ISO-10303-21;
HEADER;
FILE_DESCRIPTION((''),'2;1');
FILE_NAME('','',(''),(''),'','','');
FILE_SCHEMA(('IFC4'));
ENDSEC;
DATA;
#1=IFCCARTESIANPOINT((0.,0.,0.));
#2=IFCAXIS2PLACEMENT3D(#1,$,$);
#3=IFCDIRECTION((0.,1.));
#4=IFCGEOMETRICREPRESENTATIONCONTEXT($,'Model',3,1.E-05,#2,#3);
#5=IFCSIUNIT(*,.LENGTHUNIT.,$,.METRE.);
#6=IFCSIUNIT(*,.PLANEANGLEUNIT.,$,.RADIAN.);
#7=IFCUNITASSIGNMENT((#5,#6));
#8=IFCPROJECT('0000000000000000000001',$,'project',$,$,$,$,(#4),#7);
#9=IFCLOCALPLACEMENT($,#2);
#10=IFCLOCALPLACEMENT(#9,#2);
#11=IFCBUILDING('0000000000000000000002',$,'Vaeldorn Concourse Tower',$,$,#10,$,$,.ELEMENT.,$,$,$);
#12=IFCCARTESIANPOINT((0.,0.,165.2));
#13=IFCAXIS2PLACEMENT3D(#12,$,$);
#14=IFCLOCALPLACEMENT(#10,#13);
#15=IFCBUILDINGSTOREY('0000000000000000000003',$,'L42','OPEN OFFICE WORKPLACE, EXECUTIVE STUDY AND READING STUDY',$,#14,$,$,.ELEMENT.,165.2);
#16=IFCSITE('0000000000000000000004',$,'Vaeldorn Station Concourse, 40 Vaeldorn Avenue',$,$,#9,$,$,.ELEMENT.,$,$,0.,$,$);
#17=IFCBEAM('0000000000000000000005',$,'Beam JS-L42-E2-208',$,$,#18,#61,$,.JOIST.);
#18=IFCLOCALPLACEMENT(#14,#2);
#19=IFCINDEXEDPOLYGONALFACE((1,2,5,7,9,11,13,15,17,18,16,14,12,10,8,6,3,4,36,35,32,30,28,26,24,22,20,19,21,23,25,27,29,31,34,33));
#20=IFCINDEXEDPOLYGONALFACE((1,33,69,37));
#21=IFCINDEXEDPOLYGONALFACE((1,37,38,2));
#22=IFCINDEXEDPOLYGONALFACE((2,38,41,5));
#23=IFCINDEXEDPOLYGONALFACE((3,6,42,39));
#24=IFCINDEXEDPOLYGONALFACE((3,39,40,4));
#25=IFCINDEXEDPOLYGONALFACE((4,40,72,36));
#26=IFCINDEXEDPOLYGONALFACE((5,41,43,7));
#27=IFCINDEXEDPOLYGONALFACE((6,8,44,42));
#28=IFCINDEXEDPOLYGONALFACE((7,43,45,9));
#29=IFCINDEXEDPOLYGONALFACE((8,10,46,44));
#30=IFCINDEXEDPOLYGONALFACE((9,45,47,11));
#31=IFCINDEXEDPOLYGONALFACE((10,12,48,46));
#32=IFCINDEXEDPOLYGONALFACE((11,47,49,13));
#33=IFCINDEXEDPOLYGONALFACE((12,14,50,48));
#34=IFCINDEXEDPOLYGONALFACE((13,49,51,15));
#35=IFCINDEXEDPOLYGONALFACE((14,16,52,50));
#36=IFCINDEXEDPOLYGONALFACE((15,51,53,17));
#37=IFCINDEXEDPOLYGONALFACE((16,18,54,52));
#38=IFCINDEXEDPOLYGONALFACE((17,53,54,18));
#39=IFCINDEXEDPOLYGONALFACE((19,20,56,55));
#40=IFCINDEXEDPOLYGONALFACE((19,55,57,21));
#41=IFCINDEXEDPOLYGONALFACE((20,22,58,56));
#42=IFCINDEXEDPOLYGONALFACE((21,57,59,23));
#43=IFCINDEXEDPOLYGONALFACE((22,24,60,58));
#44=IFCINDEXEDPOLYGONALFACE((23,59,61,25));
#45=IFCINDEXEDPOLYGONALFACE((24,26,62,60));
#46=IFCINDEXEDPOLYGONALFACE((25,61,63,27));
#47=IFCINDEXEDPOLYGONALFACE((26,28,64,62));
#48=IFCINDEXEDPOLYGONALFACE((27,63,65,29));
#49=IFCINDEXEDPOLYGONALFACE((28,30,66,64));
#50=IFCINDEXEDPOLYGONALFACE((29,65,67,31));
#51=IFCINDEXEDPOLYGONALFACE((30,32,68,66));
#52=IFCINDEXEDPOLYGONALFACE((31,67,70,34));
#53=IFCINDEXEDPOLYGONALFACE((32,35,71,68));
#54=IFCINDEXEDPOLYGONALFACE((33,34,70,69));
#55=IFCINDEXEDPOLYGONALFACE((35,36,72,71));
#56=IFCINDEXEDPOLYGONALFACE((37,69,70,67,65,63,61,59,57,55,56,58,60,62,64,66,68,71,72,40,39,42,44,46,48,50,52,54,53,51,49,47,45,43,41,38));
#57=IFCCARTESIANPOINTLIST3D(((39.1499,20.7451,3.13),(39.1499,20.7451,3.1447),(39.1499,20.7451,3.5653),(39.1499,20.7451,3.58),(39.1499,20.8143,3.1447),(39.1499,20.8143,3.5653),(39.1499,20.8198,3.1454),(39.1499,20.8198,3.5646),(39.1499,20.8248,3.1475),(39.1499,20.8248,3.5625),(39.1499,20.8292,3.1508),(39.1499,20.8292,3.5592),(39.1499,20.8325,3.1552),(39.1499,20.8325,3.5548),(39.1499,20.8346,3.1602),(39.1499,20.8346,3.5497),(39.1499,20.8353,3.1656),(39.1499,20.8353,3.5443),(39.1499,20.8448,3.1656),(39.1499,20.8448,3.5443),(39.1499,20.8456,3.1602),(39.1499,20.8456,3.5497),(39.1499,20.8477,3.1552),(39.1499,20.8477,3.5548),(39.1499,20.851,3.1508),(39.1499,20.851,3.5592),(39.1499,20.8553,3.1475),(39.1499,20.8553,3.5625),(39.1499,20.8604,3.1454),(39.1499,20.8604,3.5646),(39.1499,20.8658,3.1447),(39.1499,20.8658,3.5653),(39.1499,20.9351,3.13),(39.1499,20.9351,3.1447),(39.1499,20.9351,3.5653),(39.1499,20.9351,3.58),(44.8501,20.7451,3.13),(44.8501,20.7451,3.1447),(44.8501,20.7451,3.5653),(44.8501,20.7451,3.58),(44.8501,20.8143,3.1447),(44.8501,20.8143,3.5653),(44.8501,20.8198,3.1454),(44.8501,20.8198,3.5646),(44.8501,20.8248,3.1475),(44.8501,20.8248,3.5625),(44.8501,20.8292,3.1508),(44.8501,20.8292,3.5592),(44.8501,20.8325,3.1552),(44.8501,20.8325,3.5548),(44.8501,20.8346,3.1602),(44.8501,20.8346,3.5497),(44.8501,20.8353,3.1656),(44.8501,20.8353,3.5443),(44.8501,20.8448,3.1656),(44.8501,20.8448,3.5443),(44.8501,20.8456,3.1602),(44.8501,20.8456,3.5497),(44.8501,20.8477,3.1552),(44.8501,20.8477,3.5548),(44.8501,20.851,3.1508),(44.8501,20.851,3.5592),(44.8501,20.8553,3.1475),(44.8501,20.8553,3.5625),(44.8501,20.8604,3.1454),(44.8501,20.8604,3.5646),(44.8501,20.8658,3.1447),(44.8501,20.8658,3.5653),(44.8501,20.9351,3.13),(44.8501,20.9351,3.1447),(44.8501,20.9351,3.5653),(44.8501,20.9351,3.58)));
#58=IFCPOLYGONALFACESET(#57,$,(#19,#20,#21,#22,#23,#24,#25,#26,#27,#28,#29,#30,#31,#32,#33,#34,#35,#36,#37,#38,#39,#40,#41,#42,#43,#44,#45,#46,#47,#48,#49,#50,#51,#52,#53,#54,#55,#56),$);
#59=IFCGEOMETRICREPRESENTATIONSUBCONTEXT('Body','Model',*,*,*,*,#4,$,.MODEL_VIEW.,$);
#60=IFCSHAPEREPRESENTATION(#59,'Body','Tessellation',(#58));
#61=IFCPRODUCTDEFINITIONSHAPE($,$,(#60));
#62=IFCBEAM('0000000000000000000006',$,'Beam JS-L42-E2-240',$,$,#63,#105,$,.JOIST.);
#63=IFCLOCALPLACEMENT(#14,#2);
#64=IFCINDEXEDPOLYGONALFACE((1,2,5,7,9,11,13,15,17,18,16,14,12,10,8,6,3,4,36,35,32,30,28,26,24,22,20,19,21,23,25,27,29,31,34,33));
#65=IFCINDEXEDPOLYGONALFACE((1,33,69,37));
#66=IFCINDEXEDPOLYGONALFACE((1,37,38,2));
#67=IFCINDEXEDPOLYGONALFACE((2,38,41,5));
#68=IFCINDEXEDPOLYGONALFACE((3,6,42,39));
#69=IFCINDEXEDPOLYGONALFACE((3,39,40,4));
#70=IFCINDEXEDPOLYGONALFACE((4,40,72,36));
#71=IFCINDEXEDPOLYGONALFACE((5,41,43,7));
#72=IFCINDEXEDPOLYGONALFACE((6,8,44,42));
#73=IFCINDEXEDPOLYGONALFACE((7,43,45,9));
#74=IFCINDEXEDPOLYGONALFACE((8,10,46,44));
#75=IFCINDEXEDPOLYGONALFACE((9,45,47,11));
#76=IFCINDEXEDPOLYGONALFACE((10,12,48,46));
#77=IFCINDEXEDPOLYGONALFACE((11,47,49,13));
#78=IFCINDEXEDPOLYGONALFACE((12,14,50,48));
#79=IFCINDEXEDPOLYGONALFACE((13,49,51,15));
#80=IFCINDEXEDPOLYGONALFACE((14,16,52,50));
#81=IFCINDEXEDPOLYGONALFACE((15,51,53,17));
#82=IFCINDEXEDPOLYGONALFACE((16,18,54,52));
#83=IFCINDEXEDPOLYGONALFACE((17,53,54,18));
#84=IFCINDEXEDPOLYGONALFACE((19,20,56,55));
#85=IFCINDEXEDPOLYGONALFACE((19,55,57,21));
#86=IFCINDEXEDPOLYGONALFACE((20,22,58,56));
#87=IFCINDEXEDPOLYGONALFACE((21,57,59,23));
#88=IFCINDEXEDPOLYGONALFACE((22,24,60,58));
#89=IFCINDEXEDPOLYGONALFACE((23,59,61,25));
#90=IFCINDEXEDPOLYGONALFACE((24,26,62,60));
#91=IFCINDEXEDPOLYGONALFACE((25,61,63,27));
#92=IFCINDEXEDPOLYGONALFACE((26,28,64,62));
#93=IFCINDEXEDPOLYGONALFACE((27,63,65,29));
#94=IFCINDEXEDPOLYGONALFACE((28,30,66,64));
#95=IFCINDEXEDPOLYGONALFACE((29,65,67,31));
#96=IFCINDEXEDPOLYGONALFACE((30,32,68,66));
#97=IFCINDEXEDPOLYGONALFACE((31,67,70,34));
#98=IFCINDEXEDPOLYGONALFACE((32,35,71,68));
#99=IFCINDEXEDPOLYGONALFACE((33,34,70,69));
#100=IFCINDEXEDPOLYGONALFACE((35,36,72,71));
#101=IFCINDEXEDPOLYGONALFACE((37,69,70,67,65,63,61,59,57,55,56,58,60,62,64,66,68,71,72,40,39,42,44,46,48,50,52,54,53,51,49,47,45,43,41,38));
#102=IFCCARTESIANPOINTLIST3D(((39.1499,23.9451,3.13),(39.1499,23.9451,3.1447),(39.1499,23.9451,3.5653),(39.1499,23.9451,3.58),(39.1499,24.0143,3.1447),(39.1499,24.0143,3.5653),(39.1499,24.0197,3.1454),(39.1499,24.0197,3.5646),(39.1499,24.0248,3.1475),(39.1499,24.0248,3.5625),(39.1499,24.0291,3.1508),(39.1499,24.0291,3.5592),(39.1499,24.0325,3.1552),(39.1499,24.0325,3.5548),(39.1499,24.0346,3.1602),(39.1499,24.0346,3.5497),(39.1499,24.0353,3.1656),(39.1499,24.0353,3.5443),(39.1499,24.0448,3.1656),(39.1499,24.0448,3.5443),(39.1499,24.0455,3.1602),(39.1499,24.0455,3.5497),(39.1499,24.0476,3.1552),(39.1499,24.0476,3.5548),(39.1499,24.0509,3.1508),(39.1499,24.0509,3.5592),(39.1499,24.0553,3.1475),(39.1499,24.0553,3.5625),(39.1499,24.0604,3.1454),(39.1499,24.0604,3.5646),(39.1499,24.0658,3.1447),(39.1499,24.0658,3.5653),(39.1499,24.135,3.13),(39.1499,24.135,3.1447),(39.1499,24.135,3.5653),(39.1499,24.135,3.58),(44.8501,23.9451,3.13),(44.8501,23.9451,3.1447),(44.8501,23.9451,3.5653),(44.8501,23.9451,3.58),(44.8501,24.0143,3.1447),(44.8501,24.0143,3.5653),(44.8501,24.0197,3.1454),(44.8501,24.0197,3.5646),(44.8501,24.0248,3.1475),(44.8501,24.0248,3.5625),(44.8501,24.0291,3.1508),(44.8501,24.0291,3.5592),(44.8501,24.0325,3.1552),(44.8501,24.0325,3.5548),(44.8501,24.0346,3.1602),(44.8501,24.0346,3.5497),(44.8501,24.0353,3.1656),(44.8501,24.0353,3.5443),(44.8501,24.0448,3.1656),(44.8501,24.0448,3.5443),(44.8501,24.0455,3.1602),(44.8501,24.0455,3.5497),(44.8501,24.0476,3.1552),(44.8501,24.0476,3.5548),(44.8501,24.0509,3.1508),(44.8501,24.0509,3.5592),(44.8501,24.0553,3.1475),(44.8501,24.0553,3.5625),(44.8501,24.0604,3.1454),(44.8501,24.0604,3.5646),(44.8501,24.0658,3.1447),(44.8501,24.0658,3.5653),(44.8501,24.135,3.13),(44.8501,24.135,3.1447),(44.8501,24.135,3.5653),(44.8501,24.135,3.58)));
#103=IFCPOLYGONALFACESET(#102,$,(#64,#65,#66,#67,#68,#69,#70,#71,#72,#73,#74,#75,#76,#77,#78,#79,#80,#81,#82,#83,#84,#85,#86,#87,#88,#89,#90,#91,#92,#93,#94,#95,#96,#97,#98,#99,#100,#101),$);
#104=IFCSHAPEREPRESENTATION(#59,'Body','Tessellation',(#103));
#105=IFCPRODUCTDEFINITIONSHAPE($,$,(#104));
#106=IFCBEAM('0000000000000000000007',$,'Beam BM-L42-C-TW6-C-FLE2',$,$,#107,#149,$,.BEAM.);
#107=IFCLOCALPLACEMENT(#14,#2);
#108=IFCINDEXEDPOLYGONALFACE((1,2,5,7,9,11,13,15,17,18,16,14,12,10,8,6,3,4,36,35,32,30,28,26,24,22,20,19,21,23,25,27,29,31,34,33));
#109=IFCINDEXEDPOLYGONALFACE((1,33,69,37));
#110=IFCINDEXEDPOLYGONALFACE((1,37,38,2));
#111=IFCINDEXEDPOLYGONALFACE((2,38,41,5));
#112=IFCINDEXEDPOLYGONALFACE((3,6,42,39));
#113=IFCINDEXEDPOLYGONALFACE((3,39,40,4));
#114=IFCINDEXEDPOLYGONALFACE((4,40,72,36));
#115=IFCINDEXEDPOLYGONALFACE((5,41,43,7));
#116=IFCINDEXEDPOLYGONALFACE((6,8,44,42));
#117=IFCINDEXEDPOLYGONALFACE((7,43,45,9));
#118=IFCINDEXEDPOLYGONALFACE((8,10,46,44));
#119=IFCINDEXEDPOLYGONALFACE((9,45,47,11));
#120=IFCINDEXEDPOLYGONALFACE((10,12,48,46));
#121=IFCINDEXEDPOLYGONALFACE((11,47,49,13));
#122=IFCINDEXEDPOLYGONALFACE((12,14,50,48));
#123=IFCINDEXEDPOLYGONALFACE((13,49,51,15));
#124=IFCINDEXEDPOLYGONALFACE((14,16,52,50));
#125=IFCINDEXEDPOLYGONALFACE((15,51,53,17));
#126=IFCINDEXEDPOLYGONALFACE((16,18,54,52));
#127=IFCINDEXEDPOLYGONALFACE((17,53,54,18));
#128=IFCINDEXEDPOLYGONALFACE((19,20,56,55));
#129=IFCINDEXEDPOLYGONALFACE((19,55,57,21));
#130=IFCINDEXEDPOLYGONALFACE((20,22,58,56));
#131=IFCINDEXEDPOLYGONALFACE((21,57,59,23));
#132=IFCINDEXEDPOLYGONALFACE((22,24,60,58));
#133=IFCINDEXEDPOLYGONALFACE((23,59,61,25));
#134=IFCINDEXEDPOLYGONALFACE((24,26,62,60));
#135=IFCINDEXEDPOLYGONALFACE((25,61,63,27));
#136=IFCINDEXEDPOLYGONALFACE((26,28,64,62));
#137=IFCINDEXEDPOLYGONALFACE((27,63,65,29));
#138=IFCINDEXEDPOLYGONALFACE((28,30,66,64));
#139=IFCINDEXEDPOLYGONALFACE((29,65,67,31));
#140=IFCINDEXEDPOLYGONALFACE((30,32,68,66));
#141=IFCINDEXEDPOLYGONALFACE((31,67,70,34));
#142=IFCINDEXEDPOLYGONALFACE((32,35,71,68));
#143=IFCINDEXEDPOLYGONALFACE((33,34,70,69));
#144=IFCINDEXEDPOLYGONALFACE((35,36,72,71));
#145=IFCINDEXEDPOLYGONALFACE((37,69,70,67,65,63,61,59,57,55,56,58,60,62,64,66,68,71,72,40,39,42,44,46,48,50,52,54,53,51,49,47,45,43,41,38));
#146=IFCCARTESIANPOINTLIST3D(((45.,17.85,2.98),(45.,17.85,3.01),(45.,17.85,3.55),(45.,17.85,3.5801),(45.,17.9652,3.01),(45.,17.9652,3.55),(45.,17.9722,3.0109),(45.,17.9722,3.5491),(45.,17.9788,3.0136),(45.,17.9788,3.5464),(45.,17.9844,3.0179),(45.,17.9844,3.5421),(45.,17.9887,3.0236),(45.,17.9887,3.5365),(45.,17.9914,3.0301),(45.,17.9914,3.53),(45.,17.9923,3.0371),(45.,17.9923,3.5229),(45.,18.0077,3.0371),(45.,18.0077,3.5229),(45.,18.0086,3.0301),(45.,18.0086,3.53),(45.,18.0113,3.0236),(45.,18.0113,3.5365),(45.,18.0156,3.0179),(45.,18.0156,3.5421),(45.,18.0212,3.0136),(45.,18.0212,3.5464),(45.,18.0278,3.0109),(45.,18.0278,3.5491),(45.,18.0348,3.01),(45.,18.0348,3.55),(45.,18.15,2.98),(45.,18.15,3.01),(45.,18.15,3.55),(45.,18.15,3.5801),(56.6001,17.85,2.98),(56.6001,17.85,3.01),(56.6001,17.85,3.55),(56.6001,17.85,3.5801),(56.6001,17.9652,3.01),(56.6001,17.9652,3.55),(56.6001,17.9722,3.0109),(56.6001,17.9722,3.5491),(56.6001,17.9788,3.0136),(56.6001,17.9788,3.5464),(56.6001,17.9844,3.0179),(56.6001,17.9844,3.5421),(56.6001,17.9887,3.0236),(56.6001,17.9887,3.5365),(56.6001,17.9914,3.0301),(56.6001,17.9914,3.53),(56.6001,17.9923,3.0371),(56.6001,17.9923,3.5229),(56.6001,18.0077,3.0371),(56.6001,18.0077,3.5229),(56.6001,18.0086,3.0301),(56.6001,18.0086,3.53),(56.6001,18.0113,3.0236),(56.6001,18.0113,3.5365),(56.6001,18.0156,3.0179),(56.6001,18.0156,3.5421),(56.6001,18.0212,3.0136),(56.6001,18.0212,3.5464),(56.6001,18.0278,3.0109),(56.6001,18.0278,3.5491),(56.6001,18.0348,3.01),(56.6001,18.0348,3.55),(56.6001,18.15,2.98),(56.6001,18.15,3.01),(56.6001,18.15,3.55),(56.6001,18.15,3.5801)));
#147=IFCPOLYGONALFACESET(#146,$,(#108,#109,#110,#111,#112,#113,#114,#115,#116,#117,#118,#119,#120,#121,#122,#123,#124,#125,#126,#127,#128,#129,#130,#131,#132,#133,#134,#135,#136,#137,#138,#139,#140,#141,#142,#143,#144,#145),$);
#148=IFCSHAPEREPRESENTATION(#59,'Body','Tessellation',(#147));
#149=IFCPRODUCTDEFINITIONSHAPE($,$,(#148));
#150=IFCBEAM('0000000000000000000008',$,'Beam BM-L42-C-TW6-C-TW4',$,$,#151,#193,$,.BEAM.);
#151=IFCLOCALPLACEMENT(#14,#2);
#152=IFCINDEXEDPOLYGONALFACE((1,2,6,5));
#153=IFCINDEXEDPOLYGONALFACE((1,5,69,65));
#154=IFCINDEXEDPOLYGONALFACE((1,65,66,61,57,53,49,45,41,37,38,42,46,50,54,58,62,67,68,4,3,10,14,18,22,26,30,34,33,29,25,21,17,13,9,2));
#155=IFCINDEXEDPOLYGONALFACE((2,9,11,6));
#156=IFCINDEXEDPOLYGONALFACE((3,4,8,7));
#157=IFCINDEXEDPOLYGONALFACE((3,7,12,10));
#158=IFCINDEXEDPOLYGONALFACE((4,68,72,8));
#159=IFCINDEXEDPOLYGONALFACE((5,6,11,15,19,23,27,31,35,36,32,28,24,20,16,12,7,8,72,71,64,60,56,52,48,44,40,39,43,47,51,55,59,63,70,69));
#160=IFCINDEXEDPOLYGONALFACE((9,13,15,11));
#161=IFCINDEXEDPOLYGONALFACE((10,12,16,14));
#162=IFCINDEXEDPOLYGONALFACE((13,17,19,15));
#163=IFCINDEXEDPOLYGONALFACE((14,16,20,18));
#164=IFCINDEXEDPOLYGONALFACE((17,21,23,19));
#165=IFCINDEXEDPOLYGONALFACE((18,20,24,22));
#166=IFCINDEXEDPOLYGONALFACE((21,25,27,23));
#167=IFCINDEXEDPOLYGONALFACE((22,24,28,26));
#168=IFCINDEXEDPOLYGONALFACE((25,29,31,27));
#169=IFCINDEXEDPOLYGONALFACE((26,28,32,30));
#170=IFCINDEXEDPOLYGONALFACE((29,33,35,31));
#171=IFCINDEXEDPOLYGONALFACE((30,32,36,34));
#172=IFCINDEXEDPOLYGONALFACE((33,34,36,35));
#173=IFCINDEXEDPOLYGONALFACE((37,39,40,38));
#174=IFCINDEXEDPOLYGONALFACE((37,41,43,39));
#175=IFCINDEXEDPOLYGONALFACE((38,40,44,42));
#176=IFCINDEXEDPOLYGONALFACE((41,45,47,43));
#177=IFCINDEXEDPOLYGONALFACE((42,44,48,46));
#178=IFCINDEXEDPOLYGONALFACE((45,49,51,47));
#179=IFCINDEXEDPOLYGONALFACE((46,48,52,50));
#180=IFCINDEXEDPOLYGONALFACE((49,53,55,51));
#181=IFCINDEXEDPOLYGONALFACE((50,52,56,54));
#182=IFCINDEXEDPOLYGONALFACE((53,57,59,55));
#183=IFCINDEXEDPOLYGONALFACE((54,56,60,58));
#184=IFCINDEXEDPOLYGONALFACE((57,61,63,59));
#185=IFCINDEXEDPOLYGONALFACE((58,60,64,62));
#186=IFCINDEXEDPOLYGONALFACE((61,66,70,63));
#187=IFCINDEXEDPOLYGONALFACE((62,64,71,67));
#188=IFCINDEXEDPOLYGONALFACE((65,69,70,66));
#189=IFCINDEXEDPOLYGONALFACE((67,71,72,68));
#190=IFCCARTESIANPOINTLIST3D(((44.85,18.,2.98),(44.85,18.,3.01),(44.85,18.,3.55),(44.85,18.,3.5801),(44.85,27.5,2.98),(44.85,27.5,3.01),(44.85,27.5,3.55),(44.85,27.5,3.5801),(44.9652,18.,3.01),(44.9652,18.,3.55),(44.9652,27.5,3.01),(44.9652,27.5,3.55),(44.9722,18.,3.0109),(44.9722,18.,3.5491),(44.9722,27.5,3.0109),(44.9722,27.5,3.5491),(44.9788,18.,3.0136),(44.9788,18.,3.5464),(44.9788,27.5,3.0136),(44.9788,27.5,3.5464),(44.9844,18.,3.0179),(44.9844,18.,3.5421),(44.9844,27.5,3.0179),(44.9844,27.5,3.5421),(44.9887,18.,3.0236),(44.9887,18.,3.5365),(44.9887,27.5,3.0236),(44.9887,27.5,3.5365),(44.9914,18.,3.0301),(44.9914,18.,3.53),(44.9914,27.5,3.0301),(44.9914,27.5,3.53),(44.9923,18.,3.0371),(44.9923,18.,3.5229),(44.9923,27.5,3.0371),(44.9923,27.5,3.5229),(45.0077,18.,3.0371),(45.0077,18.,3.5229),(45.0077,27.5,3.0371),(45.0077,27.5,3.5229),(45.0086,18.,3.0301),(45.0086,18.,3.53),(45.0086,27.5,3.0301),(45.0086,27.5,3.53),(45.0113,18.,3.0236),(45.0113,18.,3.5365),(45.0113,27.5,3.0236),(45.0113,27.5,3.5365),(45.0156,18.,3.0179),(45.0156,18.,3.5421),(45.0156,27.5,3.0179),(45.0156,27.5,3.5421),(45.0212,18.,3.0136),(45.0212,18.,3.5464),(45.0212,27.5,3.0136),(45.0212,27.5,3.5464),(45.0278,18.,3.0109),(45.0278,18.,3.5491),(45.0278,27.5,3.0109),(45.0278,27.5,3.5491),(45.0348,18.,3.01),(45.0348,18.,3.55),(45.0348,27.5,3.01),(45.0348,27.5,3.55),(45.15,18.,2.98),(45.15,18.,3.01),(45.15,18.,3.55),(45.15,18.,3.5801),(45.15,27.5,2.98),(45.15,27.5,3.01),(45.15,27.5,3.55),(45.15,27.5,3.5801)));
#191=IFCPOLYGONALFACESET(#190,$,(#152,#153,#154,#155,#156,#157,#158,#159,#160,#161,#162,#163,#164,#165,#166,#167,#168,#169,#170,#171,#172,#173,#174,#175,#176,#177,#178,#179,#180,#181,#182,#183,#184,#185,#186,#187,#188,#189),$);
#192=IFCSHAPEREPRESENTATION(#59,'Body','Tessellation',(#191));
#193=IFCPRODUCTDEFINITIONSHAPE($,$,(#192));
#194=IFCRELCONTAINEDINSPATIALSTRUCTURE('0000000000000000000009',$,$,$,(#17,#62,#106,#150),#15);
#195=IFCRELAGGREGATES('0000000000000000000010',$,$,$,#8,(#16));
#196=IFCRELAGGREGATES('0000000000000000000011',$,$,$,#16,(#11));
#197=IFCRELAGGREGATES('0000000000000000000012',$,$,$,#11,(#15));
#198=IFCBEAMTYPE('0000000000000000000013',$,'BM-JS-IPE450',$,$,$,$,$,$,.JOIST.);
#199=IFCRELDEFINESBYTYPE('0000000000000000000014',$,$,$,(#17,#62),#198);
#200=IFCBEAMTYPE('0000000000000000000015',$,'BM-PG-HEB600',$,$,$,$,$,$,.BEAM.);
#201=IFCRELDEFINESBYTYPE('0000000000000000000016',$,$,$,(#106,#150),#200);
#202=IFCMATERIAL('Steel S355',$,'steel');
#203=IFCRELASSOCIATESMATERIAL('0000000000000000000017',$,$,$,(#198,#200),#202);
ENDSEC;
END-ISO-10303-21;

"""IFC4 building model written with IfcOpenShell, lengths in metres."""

from ifc_helpers import new_model, si_unit, direction, frame, origin, origin_2d, place, context, subcontext, project, spatial, i_section, extrude, source, transform, mapped, material, material_profile, profile_set, type_object, element, save


model = new_model("IFC4")

# Units and contexts
model_context = context("Model", 3, precision=1e-05, world=origin(), true_north=direction((0.0, 1.0)))
body_context = subcontext(model_context, "Body", "Model", "MODEL_VIEW")
ifc_project = project(units=[si_unit("LENGTHUNIT", "METRE"), si_unit("PLANEANGLEUNIT", "RADIAN")], contexts=[model_context])

# Site, building, storey
site_placement = place(None, origin())
site = spatial("IfcSite", under=ifc_project, at=site_placement, Name="Vaeldorn Station Concourse, 40 Vaeldorn Avenue", CompositionType="ELEMENT", RefElevation=0.0)
building_placement = place(site_placement, origin())
building = spatial("IfcBuilding", under=site, at=building_placement, Name="Vaeldorn Concourse Tower", CompositionType="ELEMENT")
storey_placement = place(building_placement, frame((0.0, 0.0, 165.2)))
storey = spatial("IfcBuildingStorey", under=building, at=storey_placement, Name="L42", Description="OPEN OFFICE WORKPLACE, EXECUTIVE STUDY AND READING STUDY", CompositionType="ELEMENT", Elevation=165.2)

# Beams
ifc_material_1 = material(Name="Steel S355", Category="steel")
ifc_material_profile_1 = material_profile(ifc_material_1, i_section(OverallWidth=0.1899, OverallDepth=0.45, WebThickness=0.0095, FlangeThickness=0.0146, FilletRadius=0.021, at=origin_2d()), Name="IPE 450")
ifc_profile_set_1 = profile_set([ifc_material_profile_1], Name="Steel S355")
beam_type_1 = type_object("IfcBeamType", Name="BM-JS-IPE450", PredefinedType="JOIST", material=ifc_profile_set_1)
shared_shape_1 = source(origin(), body_context, "Body", "SweptSolid", [
    extrude(i_section(OverallWidth=0.1899, OverallDepth=0.45, WebThickness=0.0095, FlangeThickness=0.0146, FilletRadius=0.021, at=origin_2d()), origin(), (0.0, 0.0, 1.0), 5.7002),
])
for number, where, z_axis, x_axis, name in (
    (1, (39.1499, 20.8401, 3.355), (1.0, 0.0, 0.0), (0.0, 1.0, 0.0), "Beam JS-L42-E2-208"),
    (2, (39.1499, 24.04, 3.355), (1.0, 0.0, 0.0), (0.0, 1.0, 0.0), "Beam JS-L42-E2-240"),
):
    element("IfcBeam", number, at=place(storey_placement, frame(where, z_axis=z_axis, x_axis=x_axis)), inside=storey, type_object=beam_type_1, Name=name, PredefinedType="JOIST", context=body_context, shape_type="MappedRepresentation", body=[
        mapped(shared_shape_1, transform((0.0, 0.0, 0.0), scale=1.0)),
    ])
ifc_material_profile_2 = material_profile(ifc_material_1, i_section(OverallWidth=0.3, OverallDepth=0.6001, WebThickness=0.0154, FlangeThickness=0.03, FilletRadius=0.0271, at=origin_2d()), Name="HEB 600")
ifc_profile_set_2 = profile_set([ifc_material_profile_2], Name="Steel S355")
beam_type_2 = type_object("IfcBeamType", Name="BM-PG-HEB600", PredefinedType="BEAM", material=ifc_profile_set_2)
shared_shape_2 = source(origin(), body_context, "Body", "SweptSolid", [
    extrude(i_section(OverallWidth=0.3, OverallDepth=0.6001, WebThickness=0.0154, FlangeThickness=0.03, FilletRadius=0.0271, at=origin_2d()), origin(), (0.0, 0.0, 1.0), 11.6001),
])
beam_1_placement = place(storey_placement, frame((45.0, 18.0, 3.28), z_axis=(1.0, 0.0, 0.0), x_axis=(0.0, 1.0, 0.0)))
element("IfcBeam", 3, at=beam_1_placement, inside=storey, type_object=beam_type_2, Name="Beam BM-L42-C-TW6-C-FLE2", PredefinedType="BEAM", context=body_context, shape_type="MappedRepresentation", body=[
    mapped(shared_shape_2, transform((0.0, 0.0, 0.0), scale=1.0)),
])
shared_shape_3 = source(origin(), body_context, "Body", "SweptSolid", [
    extrude(i_section(OverallWidth=0.3, OverallDepth=0.6001, WebThickness=0.0154, FlangeThickness=0.03, FilletRadius=0.0271, at=origin_2d()), origin(), (0.0, 0.0, 1.0), 9.5),
])
beam_2_placement = place(storey_placement, frame((45.0, 18.0, 3.28), z_axis=(0.0, 1.0, 0.0), x_axis=(-1.0, 0.0, 0.0)))
element("IfcBeam", 4, at=beam_2_placement, inside=storey, type_object=beam_type_2, Name="Beam BM-L42-C-TW6-C-TW4", PredefinedType="BEAM", context=body_context, shape_type="MappedRepresentation", body=[
    mapped(shared_shape_3, transform((0.0, 0.0, 0.0), scale=1.0)),
])

save(model, "model.ifc")
